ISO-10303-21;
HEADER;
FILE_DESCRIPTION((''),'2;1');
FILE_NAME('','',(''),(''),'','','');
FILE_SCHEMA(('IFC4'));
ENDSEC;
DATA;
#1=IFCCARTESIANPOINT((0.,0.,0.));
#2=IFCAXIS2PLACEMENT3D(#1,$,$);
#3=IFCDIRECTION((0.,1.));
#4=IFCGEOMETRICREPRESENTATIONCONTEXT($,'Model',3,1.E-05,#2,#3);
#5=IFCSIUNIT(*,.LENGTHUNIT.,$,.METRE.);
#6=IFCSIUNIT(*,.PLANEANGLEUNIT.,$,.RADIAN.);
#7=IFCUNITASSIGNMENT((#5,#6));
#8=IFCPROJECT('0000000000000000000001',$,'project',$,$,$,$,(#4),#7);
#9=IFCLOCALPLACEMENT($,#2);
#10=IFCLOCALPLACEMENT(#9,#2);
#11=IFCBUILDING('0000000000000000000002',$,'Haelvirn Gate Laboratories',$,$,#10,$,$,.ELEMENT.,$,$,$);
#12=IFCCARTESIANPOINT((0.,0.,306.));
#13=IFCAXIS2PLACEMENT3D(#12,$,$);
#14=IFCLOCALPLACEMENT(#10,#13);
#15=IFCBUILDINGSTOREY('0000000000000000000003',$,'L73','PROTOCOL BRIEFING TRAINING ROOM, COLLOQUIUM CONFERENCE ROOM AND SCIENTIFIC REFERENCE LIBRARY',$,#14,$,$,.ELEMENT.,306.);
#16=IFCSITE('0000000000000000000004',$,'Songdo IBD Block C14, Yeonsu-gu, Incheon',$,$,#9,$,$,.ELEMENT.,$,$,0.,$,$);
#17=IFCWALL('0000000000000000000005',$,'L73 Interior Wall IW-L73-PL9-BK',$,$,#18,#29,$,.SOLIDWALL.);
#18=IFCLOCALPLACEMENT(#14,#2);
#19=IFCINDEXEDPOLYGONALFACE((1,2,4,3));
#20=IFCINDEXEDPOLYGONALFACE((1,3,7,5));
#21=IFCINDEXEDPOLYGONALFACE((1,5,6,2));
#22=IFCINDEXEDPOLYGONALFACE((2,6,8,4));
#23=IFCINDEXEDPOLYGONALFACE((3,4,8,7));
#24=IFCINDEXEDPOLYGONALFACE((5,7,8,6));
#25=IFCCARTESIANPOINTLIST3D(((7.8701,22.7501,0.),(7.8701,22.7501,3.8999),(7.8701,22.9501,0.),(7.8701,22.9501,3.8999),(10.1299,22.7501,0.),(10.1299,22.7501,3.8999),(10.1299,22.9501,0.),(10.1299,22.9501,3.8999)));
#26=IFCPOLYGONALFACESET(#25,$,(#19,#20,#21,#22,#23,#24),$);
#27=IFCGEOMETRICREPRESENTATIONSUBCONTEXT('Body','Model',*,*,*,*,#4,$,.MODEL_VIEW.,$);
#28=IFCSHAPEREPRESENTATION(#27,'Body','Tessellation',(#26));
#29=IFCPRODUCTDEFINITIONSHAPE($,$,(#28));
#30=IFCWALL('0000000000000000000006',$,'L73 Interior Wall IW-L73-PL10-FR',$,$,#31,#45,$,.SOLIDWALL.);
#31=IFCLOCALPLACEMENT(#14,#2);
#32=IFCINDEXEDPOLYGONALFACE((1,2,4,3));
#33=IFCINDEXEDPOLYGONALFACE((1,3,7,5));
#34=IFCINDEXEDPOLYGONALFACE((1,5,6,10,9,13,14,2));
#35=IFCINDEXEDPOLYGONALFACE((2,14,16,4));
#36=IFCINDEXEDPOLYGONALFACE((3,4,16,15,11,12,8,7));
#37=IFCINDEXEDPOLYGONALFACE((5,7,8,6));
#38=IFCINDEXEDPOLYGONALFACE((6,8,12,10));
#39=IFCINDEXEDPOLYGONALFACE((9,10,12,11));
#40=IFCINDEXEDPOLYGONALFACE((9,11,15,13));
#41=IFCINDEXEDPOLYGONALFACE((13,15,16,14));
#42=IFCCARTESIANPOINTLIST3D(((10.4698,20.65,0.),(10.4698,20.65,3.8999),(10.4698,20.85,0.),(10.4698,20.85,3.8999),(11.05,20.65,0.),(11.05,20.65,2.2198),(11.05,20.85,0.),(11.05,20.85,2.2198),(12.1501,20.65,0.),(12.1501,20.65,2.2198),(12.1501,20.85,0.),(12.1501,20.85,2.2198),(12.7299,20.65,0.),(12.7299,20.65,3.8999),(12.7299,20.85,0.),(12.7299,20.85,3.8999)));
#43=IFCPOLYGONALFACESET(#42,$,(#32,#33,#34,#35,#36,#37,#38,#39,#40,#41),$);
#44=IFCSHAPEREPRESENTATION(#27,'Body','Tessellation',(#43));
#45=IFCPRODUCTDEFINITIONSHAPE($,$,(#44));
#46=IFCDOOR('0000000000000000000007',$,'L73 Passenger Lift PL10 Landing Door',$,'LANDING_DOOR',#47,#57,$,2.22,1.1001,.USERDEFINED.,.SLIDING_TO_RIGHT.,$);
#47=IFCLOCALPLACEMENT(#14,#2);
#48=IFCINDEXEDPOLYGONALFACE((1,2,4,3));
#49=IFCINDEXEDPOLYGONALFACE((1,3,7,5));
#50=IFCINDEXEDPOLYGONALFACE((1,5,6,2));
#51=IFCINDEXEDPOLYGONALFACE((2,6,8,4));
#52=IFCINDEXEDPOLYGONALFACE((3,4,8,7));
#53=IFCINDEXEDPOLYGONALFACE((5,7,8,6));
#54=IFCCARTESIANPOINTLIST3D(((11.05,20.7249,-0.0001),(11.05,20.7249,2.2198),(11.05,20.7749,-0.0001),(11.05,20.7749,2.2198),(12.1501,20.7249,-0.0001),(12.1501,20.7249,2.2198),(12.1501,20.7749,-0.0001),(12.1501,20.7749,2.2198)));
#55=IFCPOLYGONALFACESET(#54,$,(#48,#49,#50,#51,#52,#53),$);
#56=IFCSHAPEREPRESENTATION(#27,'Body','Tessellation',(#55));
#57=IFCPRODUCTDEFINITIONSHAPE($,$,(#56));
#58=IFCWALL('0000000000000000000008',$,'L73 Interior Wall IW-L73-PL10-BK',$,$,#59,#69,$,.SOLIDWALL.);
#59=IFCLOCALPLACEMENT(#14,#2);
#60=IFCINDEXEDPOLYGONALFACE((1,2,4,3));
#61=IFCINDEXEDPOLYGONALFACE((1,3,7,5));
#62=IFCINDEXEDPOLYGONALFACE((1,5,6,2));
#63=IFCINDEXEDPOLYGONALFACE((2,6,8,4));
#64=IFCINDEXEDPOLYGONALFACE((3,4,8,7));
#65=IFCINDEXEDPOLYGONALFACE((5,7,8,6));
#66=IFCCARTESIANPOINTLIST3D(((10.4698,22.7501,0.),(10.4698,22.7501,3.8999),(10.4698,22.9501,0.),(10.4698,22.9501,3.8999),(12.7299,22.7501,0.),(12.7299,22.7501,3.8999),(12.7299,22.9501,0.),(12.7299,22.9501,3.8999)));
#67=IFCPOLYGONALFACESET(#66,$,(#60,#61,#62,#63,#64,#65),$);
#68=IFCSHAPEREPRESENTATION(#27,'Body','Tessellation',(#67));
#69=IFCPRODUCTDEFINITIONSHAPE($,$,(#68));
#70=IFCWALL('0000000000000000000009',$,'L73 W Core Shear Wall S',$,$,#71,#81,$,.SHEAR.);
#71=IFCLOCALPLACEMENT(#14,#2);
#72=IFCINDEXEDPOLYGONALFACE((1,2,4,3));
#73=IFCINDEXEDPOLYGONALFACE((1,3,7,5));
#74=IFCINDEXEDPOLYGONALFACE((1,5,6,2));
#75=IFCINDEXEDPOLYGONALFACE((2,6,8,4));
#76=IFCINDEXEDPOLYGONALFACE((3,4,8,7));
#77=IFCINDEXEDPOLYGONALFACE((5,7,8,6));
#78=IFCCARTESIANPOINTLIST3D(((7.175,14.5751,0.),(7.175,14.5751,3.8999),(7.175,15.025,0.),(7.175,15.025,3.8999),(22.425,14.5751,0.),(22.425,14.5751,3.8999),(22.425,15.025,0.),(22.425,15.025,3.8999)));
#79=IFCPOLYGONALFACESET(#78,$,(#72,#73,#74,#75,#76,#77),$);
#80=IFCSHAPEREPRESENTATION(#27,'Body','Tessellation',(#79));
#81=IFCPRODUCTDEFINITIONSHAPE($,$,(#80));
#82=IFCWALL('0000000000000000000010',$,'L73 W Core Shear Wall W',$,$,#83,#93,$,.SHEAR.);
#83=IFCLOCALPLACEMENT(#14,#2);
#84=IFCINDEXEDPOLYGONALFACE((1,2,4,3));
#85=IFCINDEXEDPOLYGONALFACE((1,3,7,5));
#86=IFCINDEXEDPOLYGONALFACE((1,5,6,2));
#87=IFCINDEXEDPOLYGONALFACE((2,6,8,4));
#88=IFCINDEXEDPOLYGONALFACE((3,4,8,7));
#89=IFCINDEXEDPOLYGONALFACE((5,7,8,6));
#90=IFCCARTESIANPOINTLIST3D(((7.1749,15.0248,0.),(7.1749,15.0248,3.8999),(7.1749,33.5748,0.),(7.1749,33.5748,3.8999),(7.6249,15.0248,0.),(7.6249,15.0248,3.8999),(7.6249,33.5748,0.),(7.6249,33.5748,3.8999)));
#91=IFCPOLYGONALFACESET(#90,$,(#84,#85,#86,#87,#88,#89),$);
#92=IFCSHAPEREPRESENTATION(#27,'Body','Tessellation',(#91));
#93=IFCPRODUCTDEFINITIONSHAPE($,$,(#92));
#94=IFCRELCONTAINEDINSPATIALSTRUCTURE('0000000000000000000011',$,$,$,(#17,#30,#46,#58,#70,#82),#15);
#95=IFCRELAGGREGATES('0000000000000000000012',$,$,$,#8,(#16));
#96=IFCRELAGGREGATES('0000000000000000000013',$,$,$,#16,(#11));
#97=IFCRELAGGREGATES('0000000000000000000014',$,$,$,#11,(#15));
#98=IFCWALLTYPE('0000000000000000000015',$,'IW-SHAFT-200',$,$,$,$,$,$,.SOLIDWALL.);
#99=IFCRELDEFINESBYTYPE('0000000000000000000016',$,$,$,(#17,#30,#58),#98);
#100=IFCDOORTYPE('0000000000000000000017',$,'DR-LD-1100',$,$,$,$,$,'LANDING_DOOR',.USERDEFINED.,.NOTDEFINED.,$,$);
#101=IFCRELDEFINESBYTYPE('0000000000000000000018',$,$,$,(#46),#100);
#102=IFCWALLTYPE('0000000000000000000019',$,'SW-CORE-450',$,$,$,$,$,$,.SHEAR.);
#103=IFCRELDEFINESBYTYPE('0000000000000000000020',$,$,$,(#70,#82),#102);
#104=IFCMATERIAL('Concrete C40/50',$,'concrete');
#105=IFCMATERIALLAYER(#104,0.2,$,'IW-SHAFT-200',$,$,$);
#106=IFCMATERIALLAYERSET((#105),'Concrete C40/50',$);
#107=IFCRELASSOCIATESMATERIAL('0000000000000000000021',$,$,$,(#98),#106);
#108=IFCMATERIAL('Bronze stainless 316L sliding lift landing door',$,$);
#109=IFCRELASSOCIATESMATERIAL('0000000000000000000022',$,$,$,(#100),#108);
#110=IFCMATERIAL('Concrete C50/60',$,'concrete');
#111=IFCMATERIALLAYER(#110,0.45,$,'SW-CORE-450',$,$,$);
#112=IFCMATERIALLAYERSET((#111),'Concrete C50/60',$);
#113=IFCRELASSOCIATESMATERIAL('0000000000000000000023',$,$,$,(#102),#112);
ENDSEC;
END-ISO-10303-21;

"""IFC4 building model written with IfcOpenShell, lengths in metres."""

from ifc_helpers import new_model, si_unit, direction, frame, frame_2d, origin, place, context, subcontext, project, spatial, rectangle, extrude, source, transform, mapped, material, layer, layer_set, type_object, type_shapes, element, fill, save


model = new_model("IFC4")

# Units and contexts
model_context = context("Model", 3, precision=1e-05, world=origin(), true_north=direction((0.0, 1.0)))
body_context = subcontext(model_context, "Body", "Model", "MODEL_VIEW")
ifc_project = project(units=[si_unit("LENGTHUNIT", "METRE"), si_unit("PLANEANGLEUNIT", "RADIAN")], contexts=[model_context])

# Site, building, storey
site_placement = place(None, origin())
site = spatial("IfcSite", under=ifc_project, at=site_placement, Name="Songdo IBD Block C14, Yeonsu-gu, Incheon", CompositionType="ELEMENT", RefElevation=0.0)
building_placement = place(site_placement, origin())
building = spatial("IfcBuilding", under=site, at=building_placement, Name="Haelvirn Gate Laboratories", CompositionType="ELEMENT")
storey_placement = place(building_placement, frame((0.0, 0.0, 306.0)))
storey = spatial("IfcBuildingStorey", under=building, at=storey_placement, Name="L73", Description="PROTOCOL BRIEFING TRAINING ROOM, COLLOQUIUM CONFERENCE ROOM AND SCIENTIFIC REFERENCE LIBRARY", CompositionType="ELEMENT", Elevation=306.0)

# Shared definitions
ifc_material_1 = material(Name="Concrete C50/60", Category="concrete")

# Shared definitions
ifc_material_2 = material(Name="Concrete C40/50", Category="concrete")

# Shared definitions
ifc_layer_1 = layer(ifc_material_2, 0.2, Name="IW-SHAFT-200")
ifc_layer_set_1 = layer_set([ifc_layer_1], Name="Concrete C40/50")
wall_type_1 = type_object("IfcWallType", Name="IW-SHAFT-200", PredefinedType="SOLIDWALL", material=ifc_layer_set_1)
ifc_material_3 = material(Name="Bronze stainless 316L sliding lift landing door")
door_type_1 = type_object("IfcDoorType", Name="DR-LD-1100", ElementType="LANDING_DOOR", OperationType="NOTDEFINED", PredefinedType="USERDEFINED", material=ifc_material_3)
shared_shape_1 = source(origin(), body_context, "Body", "SweptSolid", [
    extrude(rectangle(XDim=1.1001, YDim=2.22, at=frame_2d((0.55, 1.1099))), frame((0.0, 0.0249, 0.0), z_axis=(0.0, -1.0, 0.0), x_axis=(1.0, 0.0, 0.0)), (0.0, 0.0, 1.0), 0.05),
])
type_shapes(door_type_1, [shared_shape_1])

# Wall
wall_1_placement = place(storey_placement, frame((7.8701, 22.8501, 0.0), z_axis=(0.0, 0.0, 1.0), x_axis=(1.0, 0.0, 0.0)))
element("IfcWall", 1, at=wall_1_placement, inside=storey, type_object=wall_type_1, Name="L73 Interior Wall IW-L73-PL9-BK", PredefinedType="SOLIDWALL", context=body_context, shape_type="SweptSolid", body=[
    extrude(rectangle(XDim=2.2598, YDim=0.2, at=frame_2d((1.1299, 0.0))), origin(), (0.0, 0.0, 1.0), 3.8999),
])

# Wall, opening, door
wall_2_placement = place(storey_placement, frame((10.47, 20.75, 0.0), z_axis=(0.0, 0.0, 1.0), x_axis=(1.0, 0.0, 0.0)))
wall_2 = element("IfcWall", 2, at=wall_2_placement, inside=storey, type_object=wall_type_1, Name="L73 Interior Wall IW-L73-PL10-FR", PredefinedType="SOLIDWALL", context=body_context, shape_type="SweptSolid", body=[
    extrude(rectangle(XDim=2.26, YDim=0.2, at=frame_2d((1.1299, 0.0))), origin(), (0.0, 0.0, 1.0), 3.8999),
])
opening_1_placement = place(wall_2_placement, frame((0.5801, 0.0, 0.0)))
opening_1 = element("IfcOpeningElement", 3, at=opening_1_placement, cuts=wall_2, PredefinedType="OPENING", context=body_context, shape_type="SweptSolid", body=[
    extrude(rectangle(XDim=1.1001, YDim=2.22, at=frame_2d((0.55, 1.1099))), frame((0.0, 0.1099, 0.0), z_axis=(0.0, -1.0, 0.0), x_axis=(1.0, 0.0, 0.0)), (0.0, 0.0, 1.0), 0.22),
])
door_1_placement = place(opening_1_placement, origin())
door_1 = element("IfcDoor", 4, at=door_1_placement, inside=storey, type_object=door_type_1, Name="L73 Passenger Lift PL10 Landing Door", ObjectType="LANDING_DOOR", OperationType="SLIDING_TO_RIGHT", OverallHeight=2.22, OverallWidth=1.1001, PredefinedType="USERDEFINED", context=body_context, shape_type="MappedRepresentation", body=[
    mapped(shared_shape_1, transform((0.0, 0.0, 0.0), scale=1.0)),
])
fill(opening_1, door_1)

# Walls
wall_3_placement = place(storey_placement, frame((10.47, 22.8501, 0.0), z_axis=(0.0, 0.0, 1.0), x_axis=(1.0, 0.0, 0.0)))
element("IfcWall", 5, at=wall_3_placement, inside=storey, type_object=wall_type_1, Name="L73 Interior Wall IW-L73-PL10-BK", PredefinedType="SOLIDWALL", context=body_context, shape_type="SweptSolid", body=[
    extrude(rectangle(XDim=2.26, YDim=0.2, at=frame_2d((1.1299, 0.0))), origin(), (0.0, 0.0, 1.0), 3.8999),
])
ifc_layer_2 = layer(ifc_material_1, 0.45, Name="SW-CORE-450")
ifc_layer_set_2 = layer_set([ifc_layer_2], Name="Concrete C50/60")
wall_type_2 = type_object("IfcWallType", Name="SW-CORE-450", PredefinedType="SHEAR", material=ifc_layer_set_2)
wall_4_placement = place(storey_placement, frame((7.175, 14.8, 0.0), z_axis=(0.0, 0.0, 1.0), x_axis=(1.0, 0.0, 0.0)))
element("IfcWall", 6, at=wall_4_placement, inside=storey, type_object=wall_type_2, Name="L73 W Core Shear Wall S", PredefinedType="SHEAR", context=body_context, shape_type="SweptSolid", body=[
    extrude(rectangle(XDim=15.25, YDim=0.45, at=frame_2d((7.625, 0.0))), origin(), (0.0, 0.0, 1.0), 3.8999),
])
wall_5_placement = place(storey_placement, frame((7.3999, 15.0249, 0.0), z_axis=(0.0, 0.0, 1.0), x_axis=(0.0, 1.0, 0.0)))
element("IfcWall", 7, at=wall_5_placement, inside=storey, type_object=wall_type_2, Name="L73 W Core Shear Wall W", PredefinedType="SHEAR", context=body_context, shape_type="SweptSolid", body=[
    extrude(rectangle(XDim=18.55, YDim=0.45, at=frame_2d((9.2749, 0.0))), origin(), (0.0, 0.0, 1.0), 3.8999),
])

save(model, "model.ifc")
